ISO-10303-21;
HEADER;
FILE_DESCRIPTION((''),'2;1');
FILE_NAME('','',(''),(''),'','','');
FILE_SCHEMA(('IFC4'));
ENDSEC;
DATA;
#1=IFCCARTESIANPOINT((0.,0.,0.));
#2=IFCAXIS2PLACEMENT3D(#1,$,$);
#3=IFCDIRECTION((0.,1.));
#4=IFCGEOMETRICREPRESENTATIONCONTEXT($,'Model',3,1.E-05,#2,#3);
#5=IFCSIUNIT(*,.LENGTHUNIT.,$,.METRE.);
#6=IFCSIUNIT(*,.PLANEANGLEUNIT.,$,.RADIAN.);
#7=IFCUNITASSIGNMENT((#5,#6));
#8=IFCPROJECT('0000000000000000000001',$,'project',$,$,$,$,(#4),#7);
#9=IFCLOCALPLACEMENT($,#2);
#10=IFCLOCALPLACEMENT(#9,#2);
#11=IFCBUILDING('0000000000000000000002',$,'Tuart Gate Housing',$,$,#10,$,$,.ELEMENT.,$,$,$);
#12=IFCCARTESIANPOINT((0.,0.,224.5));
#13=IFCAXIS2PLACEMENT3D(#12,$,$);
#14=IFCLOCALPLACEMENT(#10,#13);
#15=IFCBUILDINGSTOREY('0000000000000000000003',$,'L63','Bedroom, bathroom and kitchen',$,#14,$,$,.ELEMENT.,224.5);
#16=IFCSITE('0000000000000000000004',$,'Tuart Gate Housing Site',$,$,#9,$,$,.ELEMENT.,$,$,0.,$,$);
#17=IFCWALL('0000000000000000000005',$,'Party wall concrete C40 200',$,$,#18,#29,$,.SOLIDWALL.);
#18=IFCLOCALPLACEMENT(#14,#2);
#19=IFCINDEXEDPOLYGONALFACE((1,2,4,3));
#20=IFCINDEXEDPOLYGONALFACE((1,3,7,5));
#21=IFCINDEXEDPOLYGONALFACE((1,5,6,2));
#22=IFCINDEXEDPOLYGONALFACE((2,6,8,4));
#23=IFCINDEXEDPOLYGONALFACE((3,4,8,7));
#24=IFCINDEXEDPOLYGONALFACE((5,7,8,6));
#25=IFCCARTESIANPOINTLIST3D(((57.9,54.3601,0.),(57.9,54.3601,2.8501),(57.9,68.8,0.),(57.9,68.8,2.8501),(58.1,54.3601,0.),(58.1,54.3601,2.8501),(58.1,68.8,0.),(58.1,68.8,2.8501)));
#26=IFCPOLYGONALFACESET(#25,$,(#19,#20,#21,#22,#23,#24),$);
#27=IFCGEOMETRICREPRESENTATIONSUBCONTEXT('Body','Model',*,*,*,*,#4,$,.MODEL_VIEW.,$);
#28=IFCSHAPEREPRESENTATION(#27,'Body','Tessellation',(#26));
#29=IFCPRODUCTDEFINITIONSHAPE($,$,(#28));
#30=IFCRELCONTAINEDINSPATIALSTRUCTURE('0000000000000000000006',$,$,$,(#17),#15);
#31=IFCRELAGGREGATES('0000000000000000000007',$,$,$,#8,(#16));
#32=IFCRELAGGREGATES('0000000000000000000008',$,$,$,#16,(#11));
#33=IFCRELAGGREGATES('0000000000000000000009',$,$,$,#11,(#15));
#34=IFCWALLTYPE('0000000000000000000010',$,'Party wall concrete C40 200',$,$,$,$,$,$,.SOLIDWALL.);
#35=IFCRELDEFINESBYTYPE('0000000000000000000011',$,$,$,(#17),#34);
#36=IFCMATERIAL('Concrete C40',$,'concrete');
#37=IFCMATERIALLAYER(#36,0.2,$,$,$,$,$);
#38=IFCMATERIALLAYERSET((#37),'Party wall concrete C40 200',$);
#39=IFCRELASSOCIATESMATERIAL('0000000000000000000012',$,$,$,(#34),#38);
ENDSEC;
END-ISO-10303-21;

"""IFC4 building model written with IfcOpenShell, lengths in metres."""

from ifc_helpers import new_model, si_unit, direction, frame, frame_2d, origin, place, context, subcontext, project, spatial, rectangle, extrude, material, layer, layer_set, type_object, element, save


model = new_model("IFC4")

# Units and contexts
model_context = context("Model", 3, precision=1e-05, world=origin(), true_north=direction((0.0, 1.0)))
body_context = subcontext(model_context, "Body", "Model", "MODEL_VIEW")
ifc_project = project(units=[si_unit("LENGTHUNIT", "METRE"), si_unit("PLANEANGLEUNIT", "RADIAN")], contexts=[model_context])

# Site, building, storey
site_placement = place(None, origin())
site = spatial("IfcSite", under=ifc_project, at=site_placement, Name="Tuart Gate Housing Site", CompositionType="ELEMENT", RefElevation=0.0)
building_placement = place(site_placement, origin())
building = spatial("IfcBuilding", under=site, at=building_placement, Name="Tuart Gate Housing", CompositionType="ELEMENT")
storey_placement = place(building_placement, frame((0.0, 0.0, 224.5)))
storey = spatial("IfcBuildingStorey", under=building, at=storey_placement, Name="L63", Description="Bedroom, bathroom and kitchen", CompositionType="ELEMENT", Elevation=224.5)

# Wall
ifc_material_1 = material(Name="Concrete C40", Category="concrete")
ifc_layer_1 = layer(ifc_material_1, 0.2)
ifc_layer_set_1 = layer_set([ifc_layer_1], Name="Party wall concrete C40 200")
wall_type_1 = type_object("IfcWallType", Name="Party wall concrete C40 200", PredefinedType="SOLIDWALL", material=ifc_layer_set_1)
for number, where, z_axis, x_axis, name in (
    (1, (58.0, 54.3601, 0.0), (0.0, 0.0, 1.0), (0.0, 1.0, 0.0), "Party wall concrete C40 200"),
):
    element("IfcWall", number, at=place(storey_placement, frame(where, z_axis=z_axis, x_axis=x_axis)), inside=storey, type_object=wall_type_1, Name=name, PredefinedType="SOLIDWALL", context=body_context, shape_type="SweptSolid", body=[
        extrude(rectangle(XDim=14.4399, YDim=0.2, at=frame_2d((7.22, 0.0))), origin(), (0.0, 0.0, 1.0), 2.8501),
    ])

save(model, "model.ifc")
